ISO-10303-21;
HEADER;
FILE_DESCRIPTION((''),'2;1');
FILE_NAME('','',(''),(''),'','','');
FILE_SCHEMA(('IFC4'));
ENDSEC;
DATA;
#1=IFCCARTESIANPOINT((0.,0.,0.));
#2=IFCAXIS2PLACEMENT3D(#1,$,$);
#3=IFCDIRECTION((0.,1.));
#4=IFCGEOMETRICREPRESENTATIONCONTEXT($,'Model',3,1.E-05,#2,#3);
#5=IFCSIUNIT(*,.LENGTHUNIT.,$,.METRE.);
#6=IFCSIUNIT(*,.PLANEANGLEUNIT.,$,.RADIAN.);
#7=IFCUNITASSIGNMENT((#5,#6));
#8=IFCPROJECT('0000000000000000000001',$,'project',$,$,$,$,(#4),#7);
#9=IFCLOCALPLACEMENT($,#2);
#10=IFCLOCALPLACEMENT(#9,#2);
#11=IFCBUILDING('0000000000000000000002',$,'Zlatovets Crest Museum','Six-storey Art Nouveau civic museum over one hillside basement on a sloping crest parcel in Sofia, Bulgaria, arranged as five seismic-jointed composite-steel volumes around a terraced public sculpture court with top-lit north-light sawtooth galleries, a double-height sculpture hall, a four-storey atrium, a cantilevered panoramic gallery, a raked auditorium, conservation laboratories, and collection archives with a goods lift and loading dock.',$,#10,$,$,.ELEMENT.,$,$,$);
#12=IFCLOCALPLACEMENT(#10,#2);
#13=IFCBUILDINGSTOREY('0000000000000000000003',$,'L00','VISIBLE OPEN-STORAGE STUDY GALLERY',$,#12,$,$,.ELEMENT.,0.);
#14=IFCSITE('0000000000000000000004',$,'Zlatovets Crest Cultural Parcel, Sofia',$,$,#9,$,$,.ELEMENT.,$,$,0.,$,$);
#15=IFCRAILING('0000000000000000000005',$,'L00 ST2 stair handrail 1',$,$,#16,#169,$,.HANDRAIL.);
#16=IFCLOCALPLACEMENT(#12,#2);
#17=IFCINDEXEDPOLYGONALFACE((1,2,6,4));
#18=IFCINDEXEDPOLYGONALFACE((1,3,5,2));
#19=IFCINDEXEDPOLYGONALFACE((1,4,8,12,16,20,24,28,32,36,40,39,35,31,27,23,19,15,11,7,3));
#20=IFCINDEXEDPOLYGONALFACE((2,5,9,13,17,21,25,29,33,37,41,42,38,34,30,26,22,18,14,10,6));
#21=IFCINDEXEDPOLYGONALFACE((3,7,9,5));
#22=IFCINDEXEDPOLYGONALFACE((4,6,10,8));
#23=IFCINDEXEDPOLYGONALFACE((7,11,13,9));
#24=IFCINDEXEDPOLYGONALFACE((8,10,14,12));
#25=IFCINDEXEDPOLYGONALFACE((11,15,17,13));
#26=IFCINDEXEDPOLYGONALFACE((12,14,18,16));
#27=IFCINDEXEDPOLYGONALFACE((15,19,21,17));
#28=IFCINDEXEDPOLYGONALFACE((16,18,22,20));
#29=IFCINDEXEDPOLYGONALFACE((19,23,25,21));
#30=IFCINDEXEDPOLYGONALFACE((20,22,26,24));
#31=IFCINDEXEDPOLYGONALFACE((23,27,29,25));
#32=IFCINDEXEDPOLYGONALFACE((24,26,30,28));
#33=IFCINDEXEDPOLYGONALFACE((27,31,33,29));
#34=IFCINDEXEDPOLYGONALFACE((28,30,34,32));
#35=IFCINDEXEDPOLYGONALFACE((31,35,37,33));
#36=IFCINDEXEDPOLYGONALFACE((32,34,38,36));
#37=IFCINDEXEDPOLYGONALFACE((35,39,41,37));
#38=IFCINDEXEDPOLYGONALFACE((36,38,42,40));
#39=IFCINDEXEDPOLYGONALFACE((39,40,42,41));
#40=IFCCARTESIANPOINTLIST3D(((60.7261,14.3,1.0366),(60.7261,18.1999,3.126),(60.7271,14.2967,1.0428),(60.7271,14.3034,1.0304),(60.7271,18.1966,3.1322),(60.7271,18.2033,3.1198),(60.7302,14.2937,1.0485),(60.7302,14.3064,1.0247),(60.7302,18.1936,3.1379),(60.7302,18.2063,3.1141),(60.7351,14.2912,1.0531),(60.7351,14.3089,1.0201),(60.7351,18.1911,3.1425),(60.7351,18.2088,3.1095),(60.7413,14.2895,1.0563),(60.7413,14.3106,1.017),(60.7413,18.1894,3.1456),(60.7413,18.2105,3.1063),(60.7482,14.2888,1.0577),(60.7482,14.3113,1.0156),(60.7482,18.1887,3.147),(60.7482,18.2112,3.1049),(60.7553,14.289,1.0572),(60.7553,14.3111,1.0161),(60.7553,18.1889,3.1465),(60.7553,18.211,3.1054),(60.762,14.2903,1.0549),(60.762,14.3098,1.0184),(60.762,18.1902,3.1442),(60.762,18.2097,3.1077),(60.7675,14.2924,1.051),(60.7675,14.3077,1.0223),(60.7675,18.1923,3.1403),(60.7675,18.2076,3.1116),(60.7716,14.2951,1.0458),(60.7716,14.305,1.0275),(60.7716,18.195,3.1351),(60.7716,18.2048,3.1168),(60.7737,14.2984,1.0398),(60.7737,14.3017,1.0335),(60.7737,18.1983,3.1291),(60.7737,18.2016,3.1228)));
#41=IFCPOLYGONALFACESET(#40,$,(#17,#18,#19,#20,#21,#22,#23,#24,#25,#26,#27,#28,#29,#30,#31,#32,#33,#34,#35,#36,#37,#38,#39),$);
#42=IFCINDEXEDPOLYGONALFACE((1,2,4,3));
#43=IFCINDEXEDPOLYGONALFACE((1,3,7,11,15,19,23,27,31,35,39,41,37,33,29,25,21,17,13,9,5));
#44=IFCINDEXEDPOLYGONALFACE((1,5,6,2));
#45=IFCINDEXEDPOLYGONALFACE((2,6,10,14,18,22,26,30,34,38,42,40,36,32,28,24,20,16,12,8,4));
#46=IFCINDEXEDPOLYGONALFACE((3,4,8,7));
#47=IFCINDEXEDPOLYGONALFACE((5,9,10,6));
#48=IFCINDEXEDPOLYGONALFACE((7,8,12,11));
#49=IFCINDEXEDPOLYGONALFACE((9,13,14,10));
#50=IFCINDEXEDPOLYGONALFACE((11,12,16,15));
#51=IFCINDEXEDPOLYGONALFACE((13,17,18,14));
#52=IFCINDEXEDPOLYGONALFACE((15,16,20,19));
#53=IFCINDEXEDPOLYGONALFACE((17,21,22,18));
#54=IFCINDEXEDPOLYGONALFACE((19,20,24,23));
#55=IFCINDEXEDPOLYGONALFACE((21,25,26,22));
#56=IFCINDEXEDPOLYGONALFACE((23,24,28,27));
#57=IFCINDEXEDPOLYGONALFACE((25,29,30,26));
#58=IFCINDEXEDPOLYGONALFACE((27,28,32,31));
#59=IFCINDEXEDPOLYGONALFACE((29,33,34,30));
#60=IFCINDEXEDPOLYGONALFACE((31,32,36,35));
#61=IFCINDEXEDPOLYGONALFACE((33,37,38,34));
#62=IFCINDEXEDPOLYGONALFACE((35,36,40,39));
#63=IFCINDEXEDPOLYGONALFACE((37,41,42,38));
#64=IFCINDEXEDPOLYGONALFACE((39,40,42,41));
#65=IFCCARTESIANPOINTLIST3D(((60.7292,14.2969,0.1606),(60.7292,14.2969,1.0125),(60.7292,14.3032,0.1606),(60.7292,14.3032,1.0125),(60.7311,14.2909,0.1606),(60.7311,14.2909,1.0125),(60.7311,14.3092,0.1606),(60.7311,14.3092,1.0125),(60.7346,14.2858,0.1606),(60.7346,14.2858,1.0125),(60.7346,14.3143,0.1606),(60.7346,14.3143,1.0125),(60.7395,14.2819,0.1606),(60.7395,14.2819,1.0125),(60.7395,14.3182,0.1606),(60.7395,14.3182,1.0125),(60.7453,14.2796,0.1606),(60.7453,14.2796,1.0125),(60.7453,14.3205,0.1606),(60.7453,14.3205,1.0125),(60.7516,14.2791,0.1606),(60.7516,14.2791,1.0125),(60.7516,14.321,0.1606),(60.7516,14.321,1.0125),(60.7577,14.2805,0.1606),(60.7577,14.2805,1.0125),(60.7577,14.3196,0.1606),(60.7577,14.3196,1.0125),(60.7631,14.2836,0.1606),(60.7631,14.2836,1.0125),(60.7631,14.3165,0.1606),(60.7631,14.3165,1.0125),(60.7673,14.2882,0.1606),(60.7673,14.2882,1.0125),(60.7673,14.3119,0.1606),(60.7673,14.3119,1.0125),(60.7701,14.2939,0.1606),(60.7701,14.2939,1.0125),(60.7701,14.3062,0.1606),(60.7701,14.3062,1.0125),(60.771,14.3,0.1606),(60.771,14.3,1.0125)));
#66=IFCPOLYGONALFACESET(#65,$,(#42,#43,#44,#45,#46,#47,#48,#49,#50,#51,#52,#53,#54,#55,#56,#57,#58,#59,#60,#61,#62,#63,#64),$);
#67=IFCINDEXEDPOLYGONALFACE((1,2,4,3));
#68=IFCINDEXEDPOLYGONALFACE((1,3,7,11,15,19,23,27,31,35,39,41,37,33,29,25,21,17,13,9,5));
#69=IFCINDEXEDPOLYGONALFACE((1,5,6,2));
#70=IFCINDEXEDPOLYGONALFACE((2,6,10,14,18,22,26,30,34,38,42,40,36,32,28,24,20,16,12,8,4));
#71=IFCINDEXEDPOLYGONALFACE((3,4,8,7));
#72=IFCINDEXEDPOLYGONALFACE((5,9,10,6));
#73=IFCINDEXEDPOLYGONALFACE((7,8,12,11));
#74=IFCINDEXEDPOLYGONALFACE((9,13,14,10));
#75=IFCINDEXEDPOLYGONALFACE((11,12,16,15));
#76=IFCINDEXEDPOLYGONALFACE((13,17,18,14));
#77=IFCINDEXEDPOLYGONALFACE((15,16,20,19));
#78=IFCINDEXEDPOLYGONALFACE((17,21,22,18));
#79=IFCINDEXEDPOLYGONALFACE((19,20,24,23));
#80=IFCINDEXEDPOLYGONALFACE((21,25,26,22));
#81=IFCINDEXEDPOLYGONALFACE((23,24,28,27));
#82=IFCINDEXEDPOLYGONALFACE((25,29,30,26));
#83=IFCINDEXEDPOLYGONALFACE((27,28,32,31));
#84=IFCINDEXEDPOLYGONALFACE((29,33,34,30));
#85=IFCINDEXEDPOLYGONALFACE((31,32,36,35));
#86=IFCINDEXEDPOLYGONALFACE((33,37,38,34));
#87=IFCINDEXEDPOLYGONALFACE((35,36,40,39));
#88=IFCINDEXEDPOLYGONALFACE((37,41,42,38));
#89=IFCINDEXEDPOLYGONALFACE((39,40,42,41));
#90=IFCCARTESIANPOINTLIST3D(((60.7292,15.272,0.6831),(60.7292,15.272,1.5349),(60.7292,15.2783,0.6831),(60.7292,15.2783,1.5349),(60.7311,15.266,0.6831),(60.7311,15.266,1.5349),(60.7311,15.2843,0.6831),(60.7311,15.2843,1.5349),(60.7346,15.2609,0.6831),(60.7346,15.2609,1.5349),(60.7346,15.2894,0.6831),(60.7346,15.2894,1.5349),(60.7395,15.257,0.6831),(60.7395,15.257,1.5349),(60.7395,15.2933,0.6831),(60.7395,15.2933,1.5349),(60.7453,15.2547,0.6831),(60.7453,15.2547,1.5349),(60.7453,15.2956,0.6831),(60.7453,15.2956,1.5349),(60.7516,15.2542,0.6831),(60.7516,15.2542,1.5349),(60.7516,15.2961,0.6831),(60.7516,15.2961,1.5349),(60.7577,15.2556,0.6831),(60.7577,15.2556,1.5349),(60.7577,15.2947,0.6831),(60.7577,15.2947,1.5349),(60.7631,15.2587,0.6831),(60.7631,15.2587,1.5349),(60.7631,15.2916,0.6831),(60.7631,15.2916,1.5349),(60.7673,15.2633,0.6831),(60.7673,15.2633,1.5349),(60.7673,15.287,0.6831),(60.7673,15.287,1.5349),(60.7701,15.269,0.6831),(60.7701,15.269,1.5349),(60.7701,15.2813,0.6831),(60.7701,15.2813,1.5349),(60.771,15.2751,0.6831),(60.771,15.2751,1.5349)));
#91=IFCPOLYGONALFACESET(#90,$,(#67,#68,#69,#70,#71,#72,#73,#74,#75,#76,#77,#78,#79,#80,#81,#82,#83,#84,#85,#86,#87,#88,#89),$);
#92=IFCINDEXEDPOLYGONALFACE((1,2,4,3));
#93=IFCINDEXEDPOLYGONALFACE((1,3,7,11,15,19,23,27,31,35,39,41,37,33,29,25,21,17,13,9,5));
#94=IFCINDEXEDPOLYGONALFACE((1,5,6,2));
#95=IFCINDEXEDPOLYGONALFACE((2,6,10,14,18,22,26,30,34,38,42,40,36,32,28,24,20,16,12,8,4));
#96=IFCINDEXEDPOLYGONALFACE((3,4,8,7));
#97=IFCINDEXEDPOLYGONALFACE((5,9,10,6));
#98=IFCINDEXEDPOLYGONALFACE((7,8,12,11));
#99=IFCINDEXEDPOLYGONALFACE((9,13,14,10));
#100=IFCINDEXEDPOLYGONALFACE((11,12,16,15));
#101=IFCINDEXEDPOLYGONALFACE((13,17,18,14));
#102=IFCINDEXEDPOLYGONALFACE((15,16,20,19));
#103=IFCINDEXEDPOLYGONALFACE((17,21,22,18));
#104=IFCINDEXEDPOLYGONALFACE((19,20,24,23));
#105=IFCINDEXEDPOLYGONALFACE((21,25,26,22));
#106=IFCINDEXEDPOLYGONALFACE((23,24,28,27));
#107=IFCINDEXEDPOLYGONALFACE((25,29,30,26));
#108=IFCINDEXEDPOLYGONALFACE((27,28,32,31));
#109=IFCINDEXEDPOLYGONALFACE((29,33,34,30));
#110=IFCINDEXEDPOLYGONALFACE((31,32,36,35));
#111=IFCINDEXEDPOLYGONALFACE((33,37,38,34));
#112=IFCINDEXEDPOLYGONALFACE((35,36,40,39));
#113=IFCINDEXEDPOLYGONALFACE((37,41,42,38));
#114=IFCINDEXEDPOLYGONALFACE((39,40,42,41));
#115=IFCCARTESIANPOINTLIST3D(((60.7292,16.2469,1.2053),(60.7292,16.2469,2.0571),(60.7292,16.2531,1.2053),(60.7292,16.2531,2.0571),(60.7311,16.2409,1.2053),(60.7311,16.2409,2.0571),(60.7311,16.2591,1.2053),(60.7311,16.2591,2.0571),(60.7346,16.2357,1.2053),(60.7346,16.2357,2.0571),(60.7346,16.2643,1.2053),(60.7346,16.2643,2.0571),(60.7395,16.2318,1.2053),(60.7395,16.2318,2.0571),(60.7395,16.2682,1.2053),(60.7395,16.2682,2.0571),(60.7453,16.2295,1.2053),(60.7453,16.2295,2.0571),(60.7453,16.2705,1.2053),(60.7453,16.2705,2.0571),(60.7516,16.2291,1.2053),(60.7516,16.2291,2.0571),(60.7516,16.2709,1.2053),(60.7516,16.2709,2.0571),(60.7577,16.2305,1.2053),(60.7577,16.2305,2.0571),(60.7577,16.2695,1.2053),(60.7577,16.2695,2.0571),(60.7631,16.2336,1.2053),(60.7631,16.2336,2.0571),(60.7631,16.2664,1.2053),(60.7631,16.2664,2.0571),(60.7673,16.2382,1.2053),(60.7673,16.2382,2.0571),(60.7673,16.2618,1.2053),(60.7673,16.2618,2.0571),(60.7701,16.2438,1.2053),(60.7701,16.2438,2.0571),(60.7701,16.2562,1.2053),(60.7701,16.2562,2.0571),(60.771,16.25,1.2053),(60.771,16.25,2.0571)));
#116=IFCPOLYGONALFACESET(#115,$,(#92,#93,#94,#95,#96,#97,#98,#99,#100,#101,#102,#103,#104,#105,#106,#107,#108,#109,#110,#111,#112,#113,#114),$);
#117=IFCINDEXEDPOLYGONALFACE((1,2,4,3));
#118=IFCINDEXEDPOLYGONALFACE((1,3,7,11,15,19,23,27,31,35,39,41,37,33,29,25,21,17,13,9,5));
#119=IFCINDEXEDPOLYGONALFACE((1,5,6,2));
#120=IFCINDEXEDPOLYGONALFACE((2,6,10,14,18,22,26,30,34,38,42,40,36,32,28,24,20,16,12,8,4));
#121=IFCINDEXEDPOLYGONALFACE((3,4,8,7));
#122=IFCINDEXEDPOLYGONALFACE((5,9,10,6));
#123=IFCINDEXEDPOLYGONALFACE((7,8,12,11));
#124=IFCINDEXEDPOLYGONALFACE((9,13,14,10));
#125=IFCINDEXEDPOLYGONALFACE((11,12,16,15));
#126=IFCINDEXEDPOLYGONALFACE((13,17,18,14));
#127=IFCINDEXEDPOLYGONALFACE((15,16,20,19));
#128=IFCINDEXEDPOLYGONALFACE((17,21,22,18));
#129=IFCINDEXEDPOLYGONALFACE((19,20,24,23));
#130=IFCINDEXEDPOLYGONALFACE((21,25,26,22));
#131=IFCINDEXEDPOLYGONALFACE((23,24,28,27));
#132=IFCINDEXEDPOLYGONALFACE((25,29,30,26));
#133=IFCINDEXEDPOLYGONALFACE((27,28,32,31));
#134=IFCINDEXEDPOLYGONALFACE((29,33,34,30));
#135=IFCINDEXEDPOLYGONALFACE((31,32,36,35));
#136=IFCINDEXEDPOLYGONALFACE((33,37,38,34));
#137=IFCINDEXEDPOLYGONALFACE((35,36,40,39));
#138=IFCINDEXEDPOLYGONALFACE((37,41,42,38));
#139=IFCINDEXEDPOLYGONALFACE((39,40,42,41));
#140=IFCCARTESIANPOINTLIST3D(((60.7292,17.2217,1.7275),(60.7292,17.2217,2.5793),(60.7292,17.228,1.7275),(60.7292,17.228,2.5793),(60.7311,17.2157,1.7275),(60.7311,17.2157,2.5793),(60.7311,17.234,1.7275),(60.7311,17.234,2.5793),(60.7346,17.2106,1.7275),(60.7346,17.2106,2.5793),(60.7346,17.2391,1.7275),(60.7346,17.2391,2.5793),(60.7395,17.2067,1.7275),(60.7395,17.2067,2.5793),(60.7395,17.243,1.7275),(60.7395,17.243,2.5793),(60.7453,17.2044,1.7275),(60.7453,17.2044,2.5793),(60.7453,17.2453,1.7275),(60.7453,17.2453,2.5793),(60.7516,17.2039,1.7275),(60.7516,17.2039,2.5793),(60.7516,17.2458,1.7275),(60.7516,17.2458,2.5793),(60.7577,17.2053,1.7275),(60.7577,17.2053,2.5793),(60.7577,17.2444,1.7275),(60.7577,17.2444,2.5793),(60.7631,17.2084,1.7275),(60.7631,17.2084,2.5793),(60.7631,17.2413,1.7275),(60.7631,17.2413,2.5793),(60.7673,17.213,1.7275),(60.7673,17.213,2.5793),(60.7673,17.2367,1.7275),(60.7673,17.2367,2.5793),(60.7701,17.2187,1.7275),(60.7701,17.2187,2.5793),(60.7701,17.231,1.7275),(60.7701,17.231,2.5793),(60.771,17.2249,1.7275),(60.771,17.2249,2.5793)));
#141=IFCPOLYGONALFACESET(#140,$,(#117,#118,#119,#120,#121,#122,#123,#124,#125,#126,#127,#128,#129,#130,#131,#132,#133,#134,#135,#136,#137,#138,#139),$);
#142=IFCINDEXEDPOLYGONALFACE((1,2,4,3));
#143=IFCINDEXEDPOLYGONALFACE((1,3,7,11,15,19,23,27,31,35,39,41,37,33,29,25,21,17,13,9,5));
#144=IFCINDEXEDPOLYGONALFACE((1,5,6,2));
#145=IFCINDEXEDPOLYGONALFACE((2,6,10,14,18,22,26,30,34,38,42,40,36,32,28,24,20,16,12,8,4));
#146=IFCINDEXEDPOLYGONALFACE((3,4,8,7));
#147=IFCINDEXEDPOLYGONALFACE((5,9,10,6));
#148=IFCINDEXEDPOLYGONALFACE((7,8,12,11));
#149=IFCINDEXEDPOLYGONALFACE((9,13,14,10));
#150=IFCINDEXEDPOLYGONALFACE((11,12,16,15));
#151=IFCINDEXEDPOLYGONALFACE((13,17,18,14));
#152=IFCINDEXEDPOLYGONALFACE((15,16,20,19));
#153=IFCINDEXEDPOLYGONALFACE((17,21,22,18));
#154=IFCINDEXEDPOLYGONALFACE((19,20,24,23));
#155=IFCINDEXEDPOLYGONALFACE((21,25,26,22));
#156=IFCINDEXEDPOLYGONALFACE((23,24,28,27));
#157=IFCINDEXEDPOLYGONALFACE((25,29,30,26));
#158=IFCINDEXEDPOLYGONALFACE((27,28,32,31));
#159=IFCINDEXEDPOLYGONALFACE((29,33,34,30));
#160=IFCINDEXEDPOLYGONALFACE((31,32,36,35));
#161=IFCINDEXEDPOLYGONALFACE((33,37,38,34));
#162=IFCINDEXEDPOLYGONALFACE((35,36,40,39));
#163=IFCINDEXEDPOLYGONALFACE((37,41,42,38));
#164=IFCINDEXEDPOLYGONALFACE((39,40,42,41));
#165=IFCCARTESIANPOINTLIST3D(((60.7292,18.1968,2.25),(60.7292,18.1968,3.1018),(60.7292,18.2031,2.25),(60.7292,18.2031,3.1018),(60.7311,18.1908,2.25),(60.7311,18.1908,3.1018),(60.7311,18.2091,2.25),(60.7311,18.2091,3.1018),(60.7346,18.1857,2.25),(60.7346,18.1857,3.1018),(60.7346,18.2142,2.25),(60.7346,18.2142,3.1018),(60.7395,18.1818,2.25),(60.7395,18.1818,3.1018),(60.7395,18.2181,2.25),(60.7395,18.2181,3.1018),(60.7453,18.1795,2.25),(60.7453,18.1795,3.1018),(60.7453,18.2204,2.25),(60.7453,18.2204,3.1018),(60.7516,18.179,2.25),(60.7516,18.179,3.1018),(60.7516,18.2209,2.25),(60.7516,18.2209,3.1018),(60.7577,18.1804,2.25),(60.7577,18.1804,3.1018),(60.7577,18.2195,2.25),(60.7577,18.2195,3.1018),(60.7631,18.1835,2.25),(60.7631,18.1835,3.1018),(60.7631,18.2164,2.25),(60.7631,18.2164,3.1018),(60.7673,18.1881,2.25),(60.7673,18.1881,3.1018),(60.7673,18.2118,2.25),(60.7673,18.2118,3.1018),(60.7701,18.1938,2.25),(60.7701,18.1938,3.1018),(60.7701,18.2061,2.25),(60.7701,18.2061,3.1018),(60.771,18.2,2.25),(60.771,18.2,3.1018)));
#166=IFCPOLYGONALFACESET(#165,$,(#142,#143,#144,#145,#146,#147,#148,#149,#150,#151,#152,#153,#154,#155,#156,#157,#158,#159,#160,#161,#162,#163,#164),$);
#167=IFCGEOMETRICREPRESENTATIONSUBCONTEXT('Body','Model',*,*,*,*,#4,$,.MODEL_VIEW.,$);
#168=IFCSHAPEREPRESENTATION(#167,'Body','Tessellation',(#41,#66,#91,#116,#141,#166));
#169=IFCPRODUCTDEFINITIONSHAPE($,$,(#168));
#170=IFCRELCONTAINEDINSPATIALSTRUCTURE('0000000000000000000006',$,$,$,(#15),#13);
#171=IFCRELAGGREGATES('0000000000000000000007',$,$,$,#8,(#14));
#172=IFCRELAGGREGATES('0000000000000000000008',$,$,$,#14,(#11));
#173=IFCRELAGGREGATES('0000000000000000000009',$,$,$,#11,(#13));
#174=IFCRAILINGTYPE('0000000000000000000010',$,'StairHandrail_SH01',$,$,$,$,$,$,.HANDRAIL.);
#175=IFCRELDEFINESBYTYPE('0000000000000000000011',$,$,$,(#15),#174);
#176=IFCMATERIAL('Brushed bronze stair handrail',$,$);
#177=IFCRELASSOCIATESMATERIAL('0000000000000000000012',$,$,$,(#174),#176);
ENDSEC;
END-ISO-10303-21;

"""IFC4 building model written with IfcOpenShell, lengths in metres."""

from ifc_helpers import new_model, si_unit, direction, frame, origin, origin_2d, place, context, subcontext, project, spatial, circle, extrude, material, type_object, element, save


model = new_model("IFC4")

# Units and contexts
model_context = context("Model", 3, precision=1e-05, world=origin(), true_north=direction((0.0, 1.0)))
body_context = subcontext(model_context, "Body", "Model", "MODEL_VIEW")
ifc_project = project(units=[si_unit("LENGTHUNIT", "METRE"), si_unit("PLANEANGLEUNIT", "RADIAN")], contexts=[model_context])

# Site, building, storey
site_placement = place(None, origin())
site = spatial("IfcSite", under=ifc_project, at=site_placement, Name="Zlatovets Crest Cultural Parcel, Sofia", CompositionType="ELEMENT", RefElevation=0.0)
building_placement = place(site_placement, origin())
building = spatial("IfcBuilding", under=site, at=building_placement, Name="Zlatovets Crest Museum", Description="Six-storey Art Nouveau civic museum over one hillside basement on a sloping crest parcel in Sofia, Bulgaria, arranged as five seismic-jointed composite-steel volumes around a terraced public sculpture court with top-lit north-light sawtooth galleries, a double-height sculpture hall, a four-storey atrium, a cantilevered panoramic gallery, a raked auditorium, conservation laboratories, and collection archives with a goods lift and loading dock.", CompositionType="ELEMENT")
storey_placement = place(building_placement, origin())
storey = spatial("IfcBuildingStorey", under=building, at=storey_placement, Name="L00", Description="VISIBLE OPEN-STORAGE STUDY GALLERY", CompositionType="ELEMENT", Elevation=0.0)

# Railing
ifc_material_1 = material(Name="Brushed bronze stair handrail")
railing_type_1 = type_object("IfcRailingType", Name="StairHandrail_SH01", PredefinedType="HANDRAIL", material=ifc_material_1)
railing_1_placement = place(storey_placement, frame((60.75, 14.3, 0.1606)))
element("IfcRailing", 1, at=railing_1_placement, inside=storey, type_object=railing_type_1, Name="L00 ST2 stair handrail 1", PredefinedType="HANDRAIL", context=body_context, shape_type="SweptSolid", body=[
    extrude(circle(Radius=0.0239, at=origin_2d()), frame((0.0, 0.0, 0.876), z_axis=(0.0, 0.881468, 0.472243), x_axis=(-1.0, 0.0, 0.0)), (0.0, 0.0, 1.0), 4.4243),
    extrude(circle(Radius=0.021, at=origin_2d()), origin(), (0.0, 0.0, 1.0), 0.8518),
    extrude(circle(Radius=0.021, at=origin_2d()), frame((0.0, 0.9751, 0.5225)), (0.0, 0.0, 1.0), 0.8518),
    extrude(circle(Radius=0.021, at=origin_2d()), frame((0.0, 1.95, 1.0447)), (0.0, 0.0, 1.0), 0.8518),
    extrude(circle(Radius=0.021, at=origin_2d()), frame((0.0, 2.9248, 1.5669)), (0.0, 0.0, 1.0), 0.8518),
    extrude(circle(Radius=0.021, at=origin_2d()), frame((0.0, 3.8999, 2.0894)), (0.0, 0.0, 1.0), 0.8518),
])

save(model, "model.ifc")
